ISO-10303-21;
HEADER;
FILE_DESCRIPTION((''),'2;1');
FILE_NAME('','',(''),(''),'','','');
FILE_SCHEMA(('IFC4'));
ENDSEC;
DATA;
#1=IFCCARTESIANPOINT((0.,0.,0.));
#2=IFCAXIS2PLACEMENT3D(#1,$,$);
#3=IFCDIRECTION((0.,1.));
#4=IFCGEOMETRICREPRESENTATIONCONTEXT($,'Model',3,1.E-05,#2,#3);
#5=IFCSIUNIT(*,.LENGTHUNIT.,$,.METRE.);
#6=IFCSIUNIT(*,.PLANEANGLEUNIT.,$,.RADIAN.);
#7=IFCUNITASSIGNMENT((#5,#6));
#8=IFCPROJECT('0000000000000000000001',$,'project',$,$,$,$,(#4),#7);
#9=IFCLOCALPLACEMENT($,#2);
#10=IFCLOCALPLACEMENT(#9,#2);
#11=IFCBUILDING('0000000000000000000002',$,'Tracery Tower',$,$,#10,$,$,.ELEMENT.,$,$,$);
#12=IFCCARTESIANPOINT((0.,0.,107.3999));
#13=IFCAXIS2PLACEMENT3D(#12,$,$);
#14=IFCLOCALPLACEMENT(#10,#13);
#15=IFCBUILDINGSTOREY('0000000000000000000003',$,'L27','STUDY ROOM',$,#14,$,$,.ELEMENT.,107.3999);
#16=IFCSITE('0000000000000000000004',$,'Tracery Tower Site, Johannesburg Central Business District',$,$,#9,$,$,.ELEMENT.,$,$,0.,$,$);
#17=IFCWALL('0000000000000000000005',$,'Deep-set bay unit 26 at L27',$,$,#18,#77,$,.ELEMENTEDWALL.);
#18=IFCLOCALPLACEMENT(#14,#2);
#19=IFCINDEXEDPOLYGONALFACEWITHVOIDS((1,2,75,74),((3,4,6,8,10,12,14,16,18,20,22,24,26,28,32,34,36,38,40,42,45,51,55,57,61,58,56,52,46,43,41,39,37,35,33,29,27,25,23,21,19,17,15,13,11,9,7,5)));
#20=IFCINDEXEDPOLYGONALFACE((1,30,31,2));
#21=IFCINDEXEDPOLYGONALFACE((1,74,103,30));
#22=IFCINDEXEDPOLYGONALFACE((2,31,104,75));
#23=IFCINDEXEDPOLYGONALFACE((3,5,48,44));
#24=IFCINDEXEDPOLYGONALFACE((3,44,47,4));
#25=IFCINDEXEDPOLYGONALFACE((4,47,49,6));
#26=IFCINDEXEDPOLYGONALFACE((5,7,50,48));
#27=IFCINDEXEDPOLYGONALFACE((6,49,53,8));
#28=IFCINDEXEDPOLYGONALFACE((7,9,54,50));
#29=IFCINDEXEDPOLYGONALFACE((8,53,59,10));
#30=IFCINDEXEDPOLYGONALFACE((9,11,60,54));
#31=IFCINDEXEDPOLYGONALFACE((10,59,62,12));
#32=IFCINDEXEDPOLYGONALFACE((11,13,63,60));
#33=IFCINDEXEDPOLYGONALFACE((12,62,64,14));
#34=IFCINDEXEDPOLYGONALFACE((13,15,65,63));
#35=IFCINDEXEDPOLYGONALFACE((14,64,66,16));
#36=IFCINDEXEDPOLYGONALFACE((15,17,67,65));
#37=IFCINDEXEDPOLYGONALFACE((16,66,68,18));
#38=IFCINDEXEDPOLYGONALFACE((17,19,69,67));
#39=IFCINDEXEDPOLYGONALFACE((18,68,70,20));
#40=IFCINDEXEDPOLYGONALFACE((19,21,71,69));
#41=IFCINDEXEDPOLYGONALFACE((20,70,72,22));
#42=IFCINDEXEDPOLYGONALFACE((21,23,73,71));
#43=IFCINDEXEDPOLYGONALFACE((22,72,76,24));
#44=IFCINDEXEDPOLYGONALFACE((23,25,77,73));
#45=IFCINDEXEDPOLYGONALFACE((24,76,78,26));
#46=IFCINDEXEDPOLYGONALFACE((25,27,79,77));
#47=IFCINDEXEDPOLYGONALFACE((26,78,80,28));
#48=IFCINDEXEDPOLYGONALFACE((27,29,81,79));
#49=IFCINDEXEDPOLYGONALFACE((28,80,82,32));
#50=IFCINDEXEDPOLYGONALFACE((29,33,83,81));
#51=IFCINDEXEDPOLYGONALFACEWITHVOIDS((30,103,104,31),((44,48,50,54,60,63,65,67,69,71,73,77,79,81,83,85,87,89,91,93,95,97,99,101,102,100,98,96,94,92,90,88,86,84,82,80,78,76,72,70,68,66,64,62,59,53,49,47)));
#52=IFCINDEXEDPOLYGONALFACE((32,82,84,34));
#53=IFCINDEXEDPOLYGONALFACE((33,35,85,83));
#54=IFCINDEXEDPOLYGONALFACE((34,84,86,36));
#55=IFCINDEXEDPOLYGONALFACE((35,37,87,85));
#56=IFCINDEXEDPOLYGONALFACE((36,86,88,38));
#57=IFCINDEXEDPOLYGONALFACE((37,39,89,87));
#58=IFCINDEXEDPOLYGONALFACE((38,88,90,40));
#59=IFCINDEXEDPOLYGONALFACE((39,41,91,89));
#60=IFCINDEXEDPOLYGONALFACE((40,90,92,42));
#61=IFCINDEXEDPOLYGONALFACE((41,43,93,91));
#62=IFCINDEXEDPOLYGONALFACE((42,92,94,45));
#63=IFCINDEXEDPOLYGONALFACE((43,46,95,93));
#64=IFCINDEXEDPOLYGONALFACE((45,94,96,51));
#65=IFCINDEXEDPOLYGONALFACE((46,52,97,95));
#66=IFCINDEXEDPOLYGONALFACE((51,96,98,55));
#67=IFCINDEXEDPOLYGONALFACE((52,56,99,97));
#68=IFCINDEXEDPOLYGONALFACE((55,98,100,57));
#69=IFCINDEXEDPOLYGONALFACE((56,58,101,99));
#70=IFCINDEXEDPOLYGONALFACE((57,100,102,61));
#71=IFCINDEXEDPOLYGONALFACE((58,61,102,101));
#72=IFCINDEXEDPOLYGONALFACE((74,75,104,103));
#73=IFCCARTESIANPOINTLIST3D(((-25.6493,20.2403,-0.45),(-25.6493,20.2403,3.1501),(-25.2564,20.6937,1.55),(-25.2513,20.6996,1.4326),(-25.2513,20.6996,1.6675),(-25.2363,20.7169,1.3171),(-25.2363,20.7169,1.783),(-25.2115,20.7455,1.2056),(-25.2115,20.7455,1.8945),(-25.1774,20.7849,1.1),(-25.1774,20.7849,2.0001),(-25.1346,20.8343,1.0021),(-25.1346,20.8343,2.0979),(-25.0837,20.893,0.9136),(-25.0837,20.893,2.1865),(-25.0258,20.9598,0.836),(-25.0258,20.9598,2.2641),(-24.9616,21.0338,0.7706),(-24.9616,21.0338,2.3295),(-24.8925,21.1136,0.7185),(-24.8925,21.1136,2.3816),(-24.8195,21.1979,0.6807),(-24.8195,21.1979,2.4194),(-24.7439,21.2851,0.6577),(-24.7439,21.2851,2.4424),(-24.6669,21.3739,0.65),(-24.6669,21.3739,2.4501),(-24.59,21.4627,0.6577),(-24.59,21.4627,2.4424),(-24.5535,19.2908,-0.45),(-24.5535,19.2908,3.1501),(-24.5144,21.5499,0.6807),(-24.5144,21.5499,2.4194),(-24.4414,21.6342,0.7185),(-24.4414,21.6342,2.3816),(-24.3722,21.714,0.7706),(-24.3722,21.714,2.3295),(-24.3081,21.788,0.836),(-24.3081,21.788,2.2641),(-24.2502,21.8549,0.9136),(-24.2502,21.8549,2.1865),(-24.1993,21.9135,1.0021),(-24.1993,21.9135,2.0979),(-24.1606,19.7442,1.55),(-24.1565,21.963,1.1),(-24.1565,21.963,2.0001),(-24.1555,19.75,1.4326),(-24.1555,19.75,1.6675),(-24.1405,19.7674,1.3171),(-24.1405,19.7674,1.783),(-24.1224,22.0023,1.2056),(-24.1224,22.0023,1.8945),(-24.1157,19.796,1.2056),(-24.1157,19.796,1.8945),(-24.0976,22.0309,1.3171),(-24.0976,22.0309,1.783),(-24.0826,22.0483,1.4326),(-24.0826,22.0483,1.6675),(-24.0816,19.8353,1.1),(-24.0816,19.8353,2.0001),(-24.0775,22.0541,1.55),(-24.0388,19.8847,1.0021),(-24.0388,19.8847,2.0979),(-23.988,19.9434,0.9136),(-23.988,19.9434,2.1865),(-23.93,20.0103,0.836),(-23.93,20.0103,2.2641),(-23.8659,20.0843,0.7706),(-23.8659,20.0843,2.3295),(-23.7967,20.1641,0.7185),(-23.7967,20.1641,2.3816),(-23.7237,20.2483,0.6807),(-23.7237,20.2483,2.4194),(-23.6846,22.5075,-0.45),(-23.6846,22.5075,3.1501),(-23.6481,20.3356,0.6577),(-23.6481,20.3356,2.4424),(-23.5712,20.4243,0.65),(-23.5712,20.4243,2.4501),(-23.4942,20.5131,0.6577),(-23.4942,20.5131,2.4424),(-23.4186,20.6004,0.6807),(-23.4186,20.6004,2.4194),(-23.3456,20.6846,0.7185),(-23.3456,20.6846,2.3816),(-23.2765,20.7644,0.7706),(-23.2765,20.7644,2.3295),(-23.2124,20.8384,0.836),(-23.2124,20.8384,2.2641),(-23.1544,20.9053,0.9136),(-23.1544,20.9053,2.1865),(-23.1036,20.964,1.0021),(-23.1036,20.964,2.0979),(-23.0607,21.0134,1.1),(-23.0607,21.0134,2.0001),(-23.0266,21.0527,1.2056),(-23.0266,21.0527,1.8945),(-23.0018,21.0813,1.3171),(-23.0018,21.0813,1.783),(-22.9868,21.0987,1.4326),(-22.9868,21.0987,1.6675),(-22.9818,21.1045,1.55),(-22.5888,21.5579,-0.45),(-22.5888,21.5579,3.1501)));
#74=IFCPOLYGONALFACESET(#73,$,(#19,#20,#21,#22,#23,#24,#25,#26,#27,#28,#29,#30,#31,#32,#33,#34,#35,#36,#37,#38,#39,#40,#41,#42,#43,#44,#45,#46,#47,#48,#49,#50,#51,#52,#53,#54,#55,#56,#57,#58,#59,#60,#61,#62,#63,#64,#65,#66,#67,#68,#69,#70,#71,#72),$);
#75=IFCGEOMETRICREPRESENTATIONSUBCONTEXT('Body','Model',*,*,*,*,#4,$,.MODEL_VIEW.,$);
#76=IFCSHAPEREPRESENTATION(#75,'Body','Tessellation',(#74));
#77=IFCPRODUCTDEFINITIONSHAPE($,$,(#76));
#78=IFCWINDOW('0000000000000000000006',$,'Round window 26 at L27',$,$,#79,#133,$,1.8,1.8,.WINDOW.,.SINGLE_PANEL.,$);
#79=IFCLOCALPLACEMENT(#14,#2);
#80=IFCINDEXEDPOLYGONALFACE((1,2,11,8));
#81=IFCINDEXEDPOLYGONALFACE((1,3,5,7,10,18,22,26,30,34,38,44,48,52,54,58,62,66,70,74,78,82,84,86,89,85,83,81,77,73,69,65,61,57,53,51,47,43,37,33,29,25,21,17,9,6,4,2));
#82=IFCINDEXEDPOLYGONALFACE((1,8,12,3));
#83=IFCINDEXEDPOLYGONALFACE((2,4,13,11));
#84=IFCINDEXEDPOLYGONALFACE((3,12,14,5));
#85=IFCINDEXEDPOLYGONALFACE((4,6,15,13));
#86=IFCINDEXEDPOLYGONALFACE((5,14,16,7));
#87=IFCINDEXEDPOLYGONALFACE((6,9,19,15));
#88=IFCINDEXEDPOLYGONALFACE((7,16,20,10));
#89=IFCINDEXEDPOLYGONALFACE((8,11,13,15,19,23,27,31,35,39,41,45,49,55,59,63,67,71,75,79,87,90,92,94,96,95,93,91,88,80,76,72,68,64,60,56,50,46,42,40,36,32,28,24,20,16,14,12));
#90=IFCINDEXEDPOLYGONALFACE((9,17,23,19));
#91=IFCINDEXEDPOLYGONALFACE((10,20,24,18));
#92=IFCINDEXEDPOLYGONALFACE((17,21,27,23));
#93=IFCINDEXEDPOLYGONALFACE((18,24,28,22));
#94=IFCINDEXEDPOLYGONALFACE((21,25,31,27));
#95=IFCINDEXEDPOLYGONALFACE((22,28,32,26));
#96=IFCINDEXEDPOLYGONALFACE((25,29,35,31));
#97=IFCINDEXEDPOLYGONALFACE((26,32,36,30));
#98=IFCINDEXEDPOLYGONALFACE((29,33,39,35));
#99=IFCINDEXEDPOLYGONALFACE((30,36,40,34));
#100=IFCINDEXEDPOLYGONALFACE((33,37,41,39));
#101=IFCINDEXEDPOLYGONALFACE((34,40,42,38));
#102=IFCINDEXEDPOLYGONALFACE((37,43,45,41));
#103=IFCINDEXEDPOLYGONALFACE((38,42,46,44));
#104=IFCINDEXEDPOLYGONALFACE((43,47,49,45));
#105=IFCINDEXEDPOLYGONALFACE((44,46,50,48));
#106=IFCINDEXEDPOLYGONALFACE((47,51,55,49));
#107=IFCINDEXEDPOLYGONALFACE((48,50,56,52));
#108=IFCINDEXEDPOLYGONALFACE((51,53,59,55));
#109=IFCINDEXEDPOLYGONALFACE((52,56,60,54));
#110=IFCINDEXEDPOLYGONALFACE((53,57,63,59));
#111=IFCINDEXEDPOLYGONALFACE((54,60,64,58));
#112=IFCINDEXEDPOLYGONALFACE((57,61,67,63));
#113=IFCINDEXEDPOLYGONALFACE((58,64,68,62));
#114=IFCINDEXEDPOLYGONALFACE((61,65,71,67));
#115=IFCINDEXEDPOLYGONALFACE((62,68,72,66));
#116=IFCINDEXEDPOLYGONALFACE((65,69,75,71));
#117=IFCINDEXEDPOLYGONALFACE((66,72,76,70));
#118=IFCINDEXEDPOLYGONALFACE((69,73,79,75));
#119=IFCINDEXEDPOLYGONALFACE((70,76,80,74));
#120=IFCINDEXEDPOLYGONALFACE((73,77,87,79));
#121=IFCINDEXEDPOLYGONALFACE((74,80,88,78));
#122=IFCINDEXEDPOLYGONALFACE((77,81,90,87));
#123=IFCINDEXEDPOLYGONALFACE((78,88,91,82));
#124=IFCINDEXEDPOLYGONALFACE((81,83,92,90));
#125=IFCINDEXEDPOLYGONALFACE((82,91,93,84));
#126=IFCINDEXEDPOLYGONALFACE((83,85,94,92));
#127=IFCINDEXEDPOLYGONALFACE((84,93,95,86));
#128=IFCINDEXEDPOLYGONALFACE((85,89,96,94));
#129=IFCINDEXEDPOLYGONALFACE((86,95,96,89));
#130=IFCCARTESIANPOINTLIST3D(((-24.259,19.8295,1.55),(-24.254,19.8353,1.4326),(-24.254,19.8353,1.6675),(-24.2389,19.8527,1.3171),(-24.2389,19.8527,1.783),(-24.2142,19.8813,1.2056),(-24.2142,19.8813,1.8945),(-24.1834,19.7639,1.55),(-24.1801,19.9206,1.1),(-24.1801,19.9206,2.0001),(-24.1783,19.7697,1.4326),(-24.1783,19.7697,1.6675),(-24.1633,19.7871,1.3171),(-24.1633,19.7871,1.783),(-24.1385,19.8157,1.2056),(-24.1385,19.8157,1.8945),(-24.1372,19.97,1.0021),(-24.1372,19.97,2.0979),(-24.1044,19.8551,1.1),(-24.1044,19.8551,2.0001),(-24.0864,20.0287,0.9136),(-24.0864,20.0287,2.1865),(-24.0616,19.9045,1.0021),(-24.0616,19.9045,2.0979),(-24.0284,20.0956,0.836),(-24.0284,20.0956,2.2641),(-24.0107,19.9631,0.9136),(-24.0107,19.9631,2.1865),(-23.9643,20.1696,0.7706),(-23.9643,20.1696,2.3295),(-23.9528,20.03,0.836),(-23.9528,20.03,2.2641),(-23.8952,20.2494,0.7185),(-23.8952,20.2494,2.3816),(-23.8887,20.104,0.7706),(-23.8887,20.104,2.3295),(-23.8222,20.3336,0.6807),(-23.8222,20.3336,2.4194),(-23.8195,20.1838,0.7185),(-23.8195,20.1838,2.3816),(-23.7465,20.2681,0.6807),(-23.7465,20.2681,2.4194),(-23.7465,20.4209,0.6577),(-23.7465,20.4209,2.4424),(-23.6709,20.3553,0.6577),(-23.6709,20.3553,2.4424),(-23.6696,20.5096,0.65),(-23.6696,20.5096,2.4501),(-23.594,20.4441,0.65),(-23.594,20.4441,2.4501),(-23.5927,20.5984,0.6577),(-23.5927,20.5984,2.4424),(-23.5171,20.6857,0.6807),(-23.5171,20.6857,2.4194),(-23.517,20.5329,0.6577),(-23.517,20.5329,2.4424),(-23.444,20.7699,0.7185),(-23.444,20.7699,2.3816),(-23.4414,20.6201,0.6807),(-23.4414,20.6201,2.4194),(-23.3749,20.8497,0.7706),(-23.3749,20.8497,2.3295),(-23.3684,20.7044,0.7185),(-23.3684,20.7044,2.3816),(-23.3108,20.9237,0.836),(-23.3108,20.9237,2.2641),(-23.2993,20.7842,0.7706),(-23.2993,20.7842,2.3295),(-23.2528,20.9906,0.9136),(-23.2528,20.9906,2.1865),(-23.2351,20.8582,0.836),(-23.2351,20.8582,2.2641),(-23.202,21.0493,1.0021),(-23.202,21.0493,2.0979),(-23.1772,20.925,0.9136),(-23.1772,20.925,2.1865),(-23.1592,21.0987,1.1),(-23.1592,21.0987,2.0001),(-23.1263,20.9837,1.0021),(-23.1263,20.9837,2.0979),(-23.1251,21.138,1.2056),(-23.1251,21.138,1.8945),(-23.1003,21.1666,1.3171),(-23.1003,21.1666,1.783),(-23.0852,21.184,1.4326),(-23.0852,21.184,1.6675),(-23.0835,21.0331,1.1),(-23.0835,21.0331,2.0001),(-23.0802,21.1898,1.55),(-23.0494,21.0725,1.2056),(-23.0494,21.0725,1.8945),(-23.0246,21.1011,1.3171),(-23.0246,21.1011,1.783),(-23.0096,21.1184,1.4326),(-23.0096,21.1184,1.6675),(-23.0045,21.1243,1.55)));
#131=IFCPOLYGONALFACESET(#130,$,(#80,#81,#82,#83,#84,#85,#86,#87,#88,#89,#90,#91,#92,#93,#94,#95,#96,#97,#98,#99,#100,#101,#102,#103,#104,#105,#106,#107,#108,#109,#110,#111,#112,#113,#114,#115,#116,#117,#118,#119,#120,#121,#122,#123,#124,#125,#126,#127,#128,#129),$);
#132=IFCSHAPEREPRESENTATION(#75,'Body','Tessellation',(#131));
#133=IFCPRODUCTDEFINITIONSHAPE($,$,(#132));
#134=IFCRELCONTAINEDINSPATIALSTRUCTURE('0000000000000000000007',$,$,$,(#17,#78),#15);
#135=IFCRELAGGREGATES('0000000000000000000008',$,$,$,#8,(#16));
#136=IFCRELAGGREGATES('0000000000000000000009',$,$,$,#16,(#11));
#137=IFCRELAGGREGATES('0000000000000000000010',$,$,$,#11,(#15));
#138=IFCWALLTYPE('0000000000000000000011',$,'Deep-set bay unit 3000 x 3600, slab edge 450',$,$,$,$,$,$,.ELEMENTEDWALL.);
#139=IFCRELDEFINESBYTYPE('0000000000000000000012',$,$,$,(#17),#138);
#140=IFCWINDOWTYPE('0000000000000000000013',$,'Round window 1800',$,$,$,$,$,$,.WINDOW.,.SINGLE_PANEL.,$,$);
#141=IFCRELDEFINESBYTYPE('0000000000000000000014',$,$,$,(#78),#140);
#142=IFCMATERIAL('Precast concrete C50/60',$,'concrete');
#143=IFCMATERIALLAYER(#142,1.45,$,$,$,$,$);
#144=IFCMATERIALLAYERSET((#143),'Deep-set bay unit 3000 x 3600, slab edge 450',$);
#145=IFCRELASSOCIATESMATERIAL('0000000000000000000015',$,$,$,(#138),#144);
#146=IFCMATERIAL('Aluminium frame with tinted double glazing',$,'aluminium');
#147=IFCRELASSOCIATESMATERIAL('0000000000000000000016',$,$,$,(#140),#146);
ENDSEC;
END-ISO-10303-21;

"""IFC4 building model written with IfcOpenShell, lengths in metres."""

from ifc_helpers import new_model, si_unit, direction, frame, frame_2d, origin, origin_2d, place, context, subcontext, project, spatial, rectangle, circle, extrude, material, layer, layer_set, type_object, element, fill, save


model = new_model("IFC4")

# Units and contexts
model_context = context("Model", 3, precision=1e-05, world=origin(), true_north=direction((0.0, 1.0)))
body_context = subcontext(model_context, "Body", "Model", "MODEL_VIEW")
ifc_project = project(units=[si_unit("LENGTHUNIT", "METRE"), si_unit("PLANEANGLEUNIT", "RADIAN")], contexts=[model_context])

# Site, building, storey
site_placement = place(None, origin())
site = spatial("IfcSite", under=ifc_project, at=site_placement, Name="Tracery Tower Site, Johannesburg Central Business District", CompositionType="ELEMENT", RefElevation=0.0)
building_placement = place(site_placement, origin())
building = spatial("IfcBuilding", under=site, at=building_placement, Name="Tracery Tower", CompositionType="ELEMENT")
storey_placement = place(building_placement, frame((0.0, 0.0, 107.3999)))
storey = spatial("IfcBuildingStorey", under=building, at=storey_placement, Name="L27", Description="STUDY ROOM", CompositionType="ELEMENT", Elevation=107.3999)

# Wall, opening, window
ifc_material_1 = material(Name="Precast concrete C50/60", Category="concrete")
ifc_layer_1 = layer(ifc_material_1, 1.45)
ifc_layer_set_1 = layer_set([ifc_layer_1], Name="Deep-set bay unit 3000 x 3600, slab edge 450")
wall_type_1 = type_object("IfcWallType", Name="Deep-set bay unit 3000 x 3600, slab edge 450", PredefinedType="ELEMENTEDWALL", material=ifc_layer_set_1)
ifc_material_2 = material(Name="Aluminium frame with tinted double glazing", Category="aluminium")
window_type = type_object("IfcWindowType", Name="Round window 1800", PartitioningType="SINGLE_PANEL", PredefinedType="WINDOW", material=ifc_material_2)
wall_1_placement = place(storey_placement, frame((-23.1367, 22.0327, -0.45), z_axis=(0.0, 0.0, 1.0), x_axis=(-0.65489, -0.755724, 0.0)))
wall_1 = element("IfcWall", 1, at=wall_1_placement, inside=storey, type_object=wall_type_1, Name="Deep-set bay unit 26 at L27", PredefinedType="ELEMENTEDWALL", context=body_context, shape_type="SweptSolid", body=[
    extrude(rectangle(XDim=3.0, YDim=1.45, at=frame_2d((1.5, 0.0))), origin(), (0.0, 0.0, 1.0), 3.6001),
])
opening_1_placement = place(wall_1_placement, frame((1.5, 0.0, 2.0)))
opening_1 = element("IfcOpeningElement", 2, at=opening_1_placement, cuts=wall_1, PredefinedType="OPENING", context=body_context, shape_type="SweptSolid", body=[
    extrude(circle(Radius=0.9, at=origin_2d()), frame((0.0, 0.7349, 0.0), z_axis=(0.0, -1.0, 0.0), x_axis=(1.0, 0.0, 0.0)), (0.0, 0.0, 1.0), 1.47),
])
window_1_placement = place(opening_1_placement, origin())
window_1 = element("IfcWindow", 3, at=window_1_placement, inside=storey, type_object=window_type, Name="Round window 26 at L27", OverallHeight=1.8, OverallWidth=1.8, PartitioningType="SINGLE_PANEL", PredefinedType="WINDOW", context=body_context, shape_type="SweptSolid", body=[
    extrude(circle(Radius=0.9, at=origin_2d()), frame((0.0, 0.6948, 0.0), z_axis=(0.0, -1.0, 0.0), x_axis=(1.0, 0.0, 0.0)), (0.0, 0.0, 1.0), 0.1001),
])
fill(opening_1, window_1)

save(model, "model.ifc")
